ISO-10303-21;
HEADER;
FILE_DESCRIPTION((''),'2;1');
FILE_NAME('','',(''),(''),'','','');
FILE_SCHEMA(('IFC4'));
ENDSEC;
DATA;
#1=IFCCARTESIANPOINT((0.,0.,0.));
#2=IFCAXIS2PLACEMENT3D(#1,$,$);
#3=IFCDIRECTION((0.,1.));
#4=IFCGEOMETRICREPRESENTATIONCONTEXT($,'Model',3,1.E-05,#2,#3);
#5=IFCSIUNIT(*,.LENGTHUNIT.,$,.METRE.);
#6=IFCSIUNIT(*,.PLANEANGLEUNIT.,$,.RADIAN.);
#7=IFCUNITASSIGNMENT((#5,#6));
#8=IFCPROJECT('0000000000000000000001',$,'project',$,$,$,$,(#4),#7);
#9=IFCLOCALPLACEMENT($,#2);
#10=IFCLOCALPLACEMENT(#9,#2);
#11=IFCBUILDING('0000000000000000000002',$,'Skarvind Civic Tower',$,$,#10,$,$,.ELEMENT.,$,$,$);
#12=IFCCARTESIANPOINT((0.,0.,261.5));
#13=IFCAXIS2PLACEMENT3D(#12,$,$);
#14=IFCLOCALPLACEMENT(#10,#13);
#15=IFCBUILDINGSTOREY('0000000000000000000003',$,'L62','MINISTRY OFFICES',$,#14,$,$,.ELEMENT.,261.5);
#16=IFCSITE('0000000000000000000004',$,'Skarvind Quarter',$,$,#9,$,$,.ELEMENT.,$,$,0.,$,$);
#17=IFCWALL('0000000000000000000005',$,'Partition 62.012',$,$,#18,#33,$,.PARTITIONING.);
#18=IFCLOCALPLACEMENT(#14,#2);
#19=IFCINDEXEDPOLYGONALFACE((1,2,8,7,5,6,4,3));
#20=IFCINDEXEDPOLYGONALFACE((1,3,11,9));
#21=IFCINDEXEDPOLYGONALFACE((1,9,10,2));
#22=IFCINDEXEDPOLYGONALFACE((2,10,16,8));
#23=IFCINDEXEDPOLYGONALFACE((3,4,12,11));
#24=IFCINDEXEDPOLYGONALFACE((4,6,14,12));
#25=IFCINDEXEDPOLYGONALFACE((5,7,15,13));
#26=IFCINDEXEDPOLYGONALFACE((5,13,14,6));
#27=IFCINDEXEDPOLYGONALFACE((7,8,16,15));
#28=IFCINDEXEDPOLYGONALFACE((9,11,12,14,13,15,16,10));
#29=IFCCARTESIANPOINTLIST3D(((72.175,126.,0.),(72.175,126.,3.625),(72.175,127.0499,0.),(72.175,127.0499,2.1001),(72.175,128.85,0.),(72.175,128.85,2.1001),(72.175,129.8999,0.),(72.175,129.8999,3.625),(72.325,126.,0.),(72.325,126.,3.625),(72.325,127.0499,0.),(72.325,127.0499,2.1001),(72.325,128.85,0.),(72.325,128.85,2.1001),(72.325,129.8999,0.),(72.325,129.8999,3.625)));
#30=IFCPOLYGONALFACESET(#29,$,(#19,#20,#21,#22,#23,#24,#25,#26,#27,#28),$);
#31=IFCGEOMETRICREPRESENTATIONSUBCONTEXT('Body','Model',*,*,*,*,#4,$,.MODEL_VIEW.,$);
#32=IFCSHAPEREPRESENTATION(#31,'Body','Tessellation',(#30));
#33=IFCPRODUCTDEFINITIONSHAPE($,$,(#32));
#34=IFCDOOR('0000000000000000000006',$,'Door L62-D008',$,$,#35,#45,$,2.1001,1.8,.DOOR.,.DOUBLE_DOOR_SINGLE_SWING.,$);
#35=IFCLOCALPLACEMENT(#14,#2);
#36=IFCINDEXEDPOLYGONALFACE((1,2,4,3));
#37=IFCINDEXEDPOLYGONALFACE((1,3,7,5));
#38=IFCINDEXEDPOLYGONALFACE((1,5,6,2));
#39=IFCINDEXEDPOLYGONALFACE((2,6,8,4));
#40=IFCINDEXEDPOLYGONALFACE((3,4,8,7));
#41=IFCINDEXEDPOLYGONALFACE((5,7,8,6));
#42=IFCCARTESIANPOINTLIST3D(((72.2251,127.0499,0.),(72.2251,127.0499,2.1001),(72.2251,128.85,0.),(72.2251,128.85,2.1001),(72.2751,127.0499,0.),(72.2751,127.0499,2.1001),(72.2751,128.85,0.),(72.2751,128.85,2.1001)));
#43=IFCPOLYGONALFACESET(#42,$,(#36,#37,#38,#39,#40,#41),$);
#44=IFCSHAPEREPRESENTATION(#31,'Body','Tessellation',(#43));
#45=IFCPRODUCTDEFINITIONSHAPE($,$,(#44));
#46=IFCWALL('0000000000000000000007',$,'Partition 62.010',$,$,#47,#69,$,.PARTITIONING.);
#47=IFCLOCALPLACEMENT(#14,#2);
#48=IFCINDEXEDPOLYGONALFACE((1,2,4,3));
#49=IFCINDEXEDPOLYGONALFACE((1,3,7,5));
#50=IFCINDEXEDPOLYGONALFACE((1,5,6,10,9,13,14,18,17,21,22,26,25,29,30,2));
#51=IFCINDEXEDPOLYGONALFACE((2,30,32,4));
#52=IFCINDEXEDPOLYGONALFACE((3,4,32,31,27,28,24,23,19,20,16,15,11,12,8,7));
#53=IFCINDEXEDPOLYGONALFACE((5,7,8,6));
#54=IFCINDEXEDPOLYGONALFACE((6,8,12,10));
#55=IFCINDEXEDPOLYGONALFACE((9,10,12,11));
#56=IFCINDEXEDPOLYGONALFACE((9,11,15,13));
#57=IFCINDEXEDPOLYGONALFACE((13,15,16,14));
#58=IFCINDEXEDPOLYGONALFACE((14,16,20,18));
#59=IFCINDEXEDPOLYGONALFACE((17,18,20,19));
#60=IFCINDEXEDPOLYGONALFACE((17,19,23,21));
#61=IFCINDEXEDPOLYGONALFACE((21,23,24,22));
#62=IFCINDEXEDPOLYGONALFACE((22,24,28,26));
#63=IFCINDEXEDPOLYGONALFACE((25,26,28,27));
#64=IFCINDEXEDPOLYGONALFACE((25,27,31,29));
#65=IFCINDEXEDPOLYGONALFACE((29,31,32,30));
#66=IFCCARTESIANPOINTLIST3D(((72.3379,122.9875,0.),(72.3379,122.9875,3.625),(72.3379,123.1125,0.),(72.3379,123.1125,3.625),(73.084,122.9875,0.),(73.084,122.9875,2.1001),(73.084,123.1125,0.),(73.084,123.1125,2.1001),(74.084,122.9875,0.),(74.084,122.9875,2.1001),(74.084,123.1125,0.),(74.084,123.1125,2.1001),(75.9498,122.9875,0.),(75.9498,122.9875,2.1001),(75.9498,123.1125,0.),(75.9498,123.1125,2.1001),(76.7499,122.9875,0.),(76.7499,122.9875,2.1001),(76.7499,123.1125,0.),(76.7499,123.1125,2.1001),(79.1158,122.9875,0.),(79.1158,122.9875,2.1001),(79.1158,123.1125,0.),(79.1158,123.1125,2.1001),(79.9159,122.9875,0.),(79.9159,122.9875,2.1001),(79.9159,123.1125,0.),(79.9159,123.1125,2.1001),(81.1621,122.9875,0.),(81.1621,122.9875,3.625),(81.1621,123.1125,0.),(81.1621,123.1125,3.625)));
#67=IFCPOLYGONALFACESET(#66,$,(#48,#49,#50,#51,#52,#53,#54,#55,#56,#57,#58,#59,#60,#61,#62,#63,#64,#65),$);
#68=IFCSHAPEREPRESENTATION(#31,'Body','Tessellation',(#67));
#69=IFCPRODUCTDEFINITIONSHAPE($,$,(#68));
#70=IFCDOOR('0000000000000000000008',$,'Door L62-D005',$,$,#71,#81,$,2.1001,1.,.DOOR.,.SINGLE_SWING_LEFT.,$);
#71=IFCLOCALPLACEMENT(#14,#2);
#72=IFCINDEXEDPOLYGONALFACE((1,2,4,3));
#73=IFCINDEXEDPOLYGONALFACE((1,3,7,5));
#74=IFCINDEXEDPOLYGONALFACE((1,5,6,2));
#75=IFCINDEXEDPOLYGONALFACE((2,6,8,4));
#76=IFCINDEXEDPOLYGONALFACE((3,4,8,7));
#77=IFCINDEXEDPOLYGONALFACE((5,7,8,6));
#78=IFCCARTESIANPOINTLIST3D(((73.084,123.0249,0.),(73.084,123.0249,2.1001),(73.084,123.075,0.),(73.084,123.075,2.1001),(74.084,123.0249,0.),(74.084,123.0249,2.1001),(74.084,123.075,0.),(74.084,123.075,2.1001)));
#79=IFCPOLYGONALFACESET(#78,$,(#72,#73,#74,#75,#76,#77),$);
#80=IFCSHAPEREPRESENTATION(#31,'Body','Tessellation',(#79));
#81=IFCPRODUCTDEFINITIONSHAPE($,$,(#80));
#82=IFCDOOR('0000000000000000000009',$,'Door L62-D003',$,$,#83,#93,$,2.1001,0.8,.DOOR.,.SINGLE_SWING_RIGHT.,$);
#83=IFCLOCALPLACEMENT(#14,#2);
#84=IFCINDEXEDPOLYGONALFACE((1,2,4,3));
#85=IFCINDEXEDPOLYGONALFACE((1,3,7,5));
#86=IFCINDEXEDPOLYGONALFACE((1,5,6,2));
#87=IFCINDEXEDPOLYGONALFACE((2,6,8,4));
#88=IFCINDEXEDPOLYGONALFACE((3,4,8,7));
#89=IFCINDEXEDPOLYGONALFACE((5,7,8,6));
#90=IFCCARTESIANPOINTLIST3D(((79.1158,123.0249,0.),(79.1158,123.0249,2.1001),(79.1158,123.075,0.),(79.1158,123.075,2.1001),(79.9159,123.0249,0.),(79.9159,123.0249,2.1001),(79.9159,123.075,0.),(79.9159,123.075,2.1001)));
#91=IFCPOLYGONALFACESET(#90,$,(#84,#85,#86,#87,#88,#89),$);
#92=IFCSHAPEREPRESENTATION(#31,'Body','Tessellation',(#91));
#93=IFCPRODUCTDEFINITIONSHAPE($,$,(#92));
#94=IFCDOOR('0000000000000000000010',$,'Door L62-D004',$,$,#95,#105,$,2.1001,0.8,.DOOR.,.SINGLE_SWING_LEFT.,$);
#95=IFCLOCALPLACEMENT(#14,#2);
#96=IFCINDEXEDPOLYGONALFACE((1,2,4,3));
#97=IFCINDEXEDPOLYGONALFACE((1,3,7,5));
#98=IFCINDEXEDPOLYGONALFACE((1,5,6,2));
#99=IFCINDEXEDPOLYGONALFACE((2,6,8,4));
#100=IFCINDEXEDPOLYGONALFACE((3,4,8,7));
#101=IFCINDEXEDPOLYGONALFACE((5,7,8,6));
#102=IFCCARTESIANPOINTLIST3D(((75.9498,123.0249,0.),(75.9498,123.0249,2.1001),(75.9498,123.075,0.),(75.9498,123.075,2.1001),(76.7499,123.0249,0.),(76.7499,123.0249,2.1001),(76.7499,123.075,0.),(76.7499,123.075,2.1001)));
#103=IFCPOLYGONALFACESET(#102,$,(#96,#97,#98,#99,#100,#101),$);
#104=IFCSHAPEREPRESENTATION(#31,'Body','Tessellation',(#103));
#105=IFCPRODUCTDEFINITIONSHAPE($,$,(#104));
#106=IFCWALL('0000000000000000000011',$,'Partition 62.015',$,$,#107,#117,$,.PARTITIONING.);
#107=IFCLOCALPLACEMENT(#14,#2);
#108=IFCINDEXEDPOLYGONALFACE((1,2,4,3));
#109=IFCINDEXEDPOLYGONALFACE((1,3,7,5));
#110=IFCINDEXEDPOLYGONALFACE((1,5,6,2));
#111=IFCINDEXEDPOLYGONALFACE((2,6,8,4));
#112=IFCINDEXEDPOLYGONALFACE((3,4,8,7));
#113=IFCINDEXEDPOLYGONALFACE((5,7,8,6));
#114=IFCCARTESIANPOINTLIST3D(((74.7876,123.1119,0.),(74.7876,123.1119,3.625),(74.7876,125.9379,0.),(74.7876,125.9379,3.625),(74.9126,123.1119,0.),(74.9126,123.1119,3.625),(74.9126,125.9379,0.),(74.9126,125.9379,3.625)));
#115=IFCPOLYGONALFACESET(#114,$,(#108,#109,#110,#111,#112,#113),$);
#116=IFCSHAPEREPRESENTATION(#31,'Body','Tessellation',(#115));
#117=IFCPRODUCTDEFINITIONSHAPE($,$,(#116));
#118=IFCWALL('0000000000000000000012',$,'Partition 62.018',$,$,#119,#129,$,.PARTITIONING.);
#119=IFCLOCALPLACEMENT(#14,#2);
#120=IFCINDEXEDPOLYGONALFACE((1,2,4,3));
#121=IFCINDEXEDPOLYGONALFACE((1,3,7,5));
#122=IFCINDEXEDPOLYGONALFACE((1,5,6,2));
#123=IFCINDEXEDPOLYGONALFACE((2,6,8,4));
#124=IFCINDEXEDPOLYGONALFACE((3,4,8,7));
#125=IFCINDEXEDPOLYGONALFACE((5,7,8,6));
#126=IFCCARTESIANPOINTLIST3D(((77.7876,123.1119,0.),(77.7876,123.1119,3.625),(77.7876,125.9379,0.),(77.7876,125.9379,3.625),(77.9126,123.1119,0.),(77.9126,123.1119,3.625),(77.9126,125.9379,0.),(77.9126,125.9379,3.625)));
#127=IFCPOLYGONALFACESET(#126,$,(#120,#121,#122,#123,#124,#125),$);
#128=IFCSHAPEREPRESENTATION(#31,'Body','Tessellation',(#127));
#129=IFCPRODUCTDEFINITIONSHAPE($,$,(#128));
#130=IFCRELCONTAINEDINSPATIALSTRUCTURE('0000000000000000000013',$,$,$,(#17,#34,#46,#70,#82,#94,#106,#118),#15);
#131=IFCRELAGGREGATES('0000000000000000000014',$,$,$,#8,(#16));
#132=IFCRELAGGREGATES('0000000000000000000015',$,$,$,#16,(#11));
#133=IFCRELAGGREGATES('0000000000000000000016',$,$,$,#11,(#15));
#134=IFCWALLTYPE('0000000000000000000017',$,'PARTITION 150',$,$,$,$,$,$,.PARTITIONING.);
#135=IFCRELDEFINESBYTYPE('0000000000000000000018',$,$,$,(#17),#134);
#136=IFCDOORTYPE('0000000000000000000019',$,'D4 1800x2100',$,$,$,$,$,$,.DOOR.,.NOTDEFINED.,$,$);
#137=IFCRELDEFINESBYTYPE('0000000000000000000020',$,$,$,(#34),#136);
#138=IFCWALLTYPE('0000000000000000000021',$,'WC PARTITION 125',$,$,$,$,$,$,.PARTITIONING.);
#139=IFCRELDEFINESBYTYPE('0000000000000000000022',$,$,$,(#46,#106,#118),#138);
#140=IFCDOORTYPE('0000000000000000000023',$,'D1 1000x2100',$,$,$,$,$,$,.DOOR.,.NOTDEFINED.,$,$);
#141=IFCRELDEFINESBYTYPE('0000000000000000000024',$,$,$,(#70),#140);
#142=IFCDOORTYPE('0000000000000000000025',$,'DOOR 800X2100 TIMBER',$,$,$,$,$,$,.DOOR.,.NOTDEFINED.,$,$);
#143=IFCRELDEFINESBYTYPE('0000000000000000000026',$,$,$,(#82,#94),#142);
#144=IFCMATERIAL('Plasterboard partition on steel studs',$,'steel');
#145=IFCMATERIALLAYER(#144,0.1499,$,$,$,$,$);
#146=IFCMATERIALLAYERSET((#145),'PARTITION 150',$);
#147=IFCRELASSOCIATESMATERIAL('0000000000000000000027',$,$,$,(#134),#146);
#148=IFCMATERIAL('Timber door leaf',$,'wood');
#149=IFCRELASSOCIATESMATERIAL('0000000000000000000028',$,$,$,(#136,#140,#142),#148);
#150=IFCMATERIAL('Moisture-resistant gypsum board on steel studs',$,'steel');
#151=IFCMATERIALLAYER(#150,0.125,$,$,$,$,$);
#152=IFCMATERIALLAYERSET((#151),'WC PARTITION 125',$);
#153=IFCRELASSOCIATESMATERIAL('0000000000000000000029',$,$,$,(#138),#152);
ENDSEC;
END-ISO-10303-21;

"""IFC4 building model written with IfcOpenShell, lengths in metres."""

from ifc_helpers import new_model, si_unit, direction, frame, frame_2d, origin, place, context, subcontext, project, spatial, rectangle, extrude, material, layer, layer_set, type_object, element, fill, save


model = new_model("IFC4")

# Units and contexts
model_context = context("Model", 3, precision=1e-05, world=origin(), true_north=direction((0.0, 1.0)))
body_context = subcontext(model_context, "Body", "Model", "MODEL_VIEW")
ifc_project = project(units=[si_unit("LENGTHUNIT", "METRE"), si_unit("PLANEANGLEUNIT", "RADIAN")], contexts=[model_context])

# Site, building, storey
site_placement = place(None, origin())
site = spatial("IfcSite", under=ifc_project, at=site_placement, Name="Skarvind Quarter", CompositionType="ELEMENT", RefElevation=0.0)
building_placement = place(site_placement, origin())
building = spatial("IfcBuilding", under=site, at=building_placement, Name="Skarvind Civic Tower", CompositionType="ELEMENT")
storey_placement = place(building_placement, frame((0.0, 0.0, 261.5)))
storey = spatial("IfcBuildingStorey", under=building, at=storey_placement, Name="L62", Description="MINISTRY OFFICES", CompositionType="ELEMENT", Elevation=261.5)

# Wall, opening, door
ifc_material_1 = material(Name="Plasterboard partition on steel studs", Category="steel")
ifc_layer_1 = layer(ifc_material_1, 0.1499)
ifc_layer_set_1 = layer_set([ifc_layer_1], Name="PARTITION 150")
wall_type_1 = type_object("IfcWallType", Name="PARTITION 150", PredefinedType="PARTITIONING", material=ifc_layer_set_1)
wall_1_placement = place(storey_placement, frame((72.25, 126.0, 0.0), z_axis=(0.0, 0.0, 1.0), x_axis=(0.0, 1.0, 0.0)))
wall_1 = element("IfcWall", 1, at=wall_1_placement, inside=storey, type_object=wall_type_1, Name="Partition 62.012", PredefinedType="PARTITIONING", context=body_context, shape_type="SweptSolid", body=[
    extrude(rectangle(XDim=3.8999, YDim=0.1499, at=frame_2d((1.95, 0.0))), origin(), (0.0, 0.0, 1.0), 3.625),
])
opening_1_placement = place(wall_1_placement, frame((1.05, 0.0, 0.0)))
opening_1 = element("IfcOpeningElement", 2, at=opening_1_placement, cuts=wall_1, PredefinedType="OPENING", context=body_context, shape_type="SweptSolid", body=[
    extrude(rectangle(XDim=1.8, YDim=2.1001, at=frame_2d((0.8999, 1.05))), frame((0.0, 0.085, 0.0), z_axis=(0.0, -1.0, 0.0), x_axis=(1.0, 0.0, 0.0)), (0.0, 0.0, 1.0), 0.1699),
])
ifc_material_2 = material(Name="Timber door leaf", Category="wood")
door_type_1 = type_object("IfcDoorType", Name="D4 1800x2100", OperationType="NOTDEFINED", PredefinedType="DOOR", material=ifc_material_2)
door_1_placement = place(opening_1_placement, origin())
door_1 = element("IfcDoor", 3, at=door_1_placement, inside=storey, type_object=door_type_1, Name="Door L62-D008", OperationType="DOUBLE_DOOR_SINGLE_SWING", OverallHeight=2.1001, OverallWidth=1.8, PredefinedType="DOOR", context=body_context, shape_type="SweptSolid", body=[
    extrude(rectangle(XDim=1.8, YDim=2.1001, at=frame_2d((0.8999, 1.05))), frame((0.0, 0.0249, 0.0), z_axis=(0.0, -1.0, 0.0), x_axis=(1.0, 0.0, 0.0)), (0.0, 0.0, 1.0), 0.05),
])
fill(opening_1, door_1)

# Wall, openings, doors
ifc_material_3 = material(Name="Moisture-resistant gypsum board on steel studs", Category="steel")
ifc_layer_2 = layer(ifc_material_3, 0.125)
ifc_layer_set_2 = layer_set([ifc_layer_2], Name="WC PARTITION 125")
wall_type_2 = type_object("IfcWallType", Name="WC PARTITION 125", PredefinedType="PARTITIONING", material=ifc_layer_set_2)
wall_2_placement = place(storey_placement, frame((72.3379, 123.05, 0.0), z_axis=(0.0, 0.0, 1.0), x_axis=(1.0, 0.0, 0.0)))
wall_2 = element("IfcWall", 4, at=wall_2_placement, inside=storey, type_object=wall_type_2, Name="Partition 62.010", PredefinedType="PARTITIONING", context=body_context, shape_type="SweptSolid", body=[
    extrude(rectangle(XDim=8.8242, YDim=0.125, at=frame_2d((4.4121, 0.0))), origin(), (0.0, 0.0, 1.0), 3.625),
])
opening_2_placement = place(wall_2_placement, frame((6.7781, 0.0, 0.0)))
opening_2 = element("IfcOpeningElement", 5, at=opening_2_placement, cuts=wall_2, PredefinedType="OPENING", context=body_context, shape_type="SweptSolid", body=[
    extrude(rectangle(XDim=0.8, YDim=2.1001, at=frame_2d((0.3999, 1.05))), frame((0.0, 0.0725, 0.0), z_axis=(0.0, -1.0, 0.0), x_axis=(1.0, 0.0, 0.0)), (0.0, 0.0, 1.0), 0.145),
])
opening_3_placement = place(wall_2_placement, frame((3.6121, 0.0, 0.0)))
opening_3 = element("IfcOpeningElement", 6, at=opening_3_placement, cuts=wall_2, PredefinedType="OPENING", context=body_context, shape_type="SweptSolid", body=[
    extrude(rectangle(XDim=0.8, YDim=2.1001, at=frame_2d((0.3999, 1.05))), frame((0.0, 0.0725, 0.0), z_axis=(0.0, -1.0, 0.0), x_axis=(1.0, 0.0, 0.0)), (0.0, 0.0, 1.0), 0.145),
])
opening_4_placement = place(wall_2_placement, frame((0.7461, 0.0, 0.0)))
opening_4 = element("IfcOpeningElement", 7, at=opening_4_placement, cuts=wall_2, PredefinedType="OPENING", context=body_context, shape_type="SweptSolid", body=[
    extrude(rectangle(XDim=1.0, YDim=2.1001, at=frame_2d((0.5, 1.05))), frame((0.0, 0.0725, 0.0), z_axis=(0.0, -1.0, 0.0), x_axis=(1.0, 0.0, 0.0)), (0.0, 0.0, 1.0), 0.145),
])
door_type_2 = type_object("IfcDoorType", Name="D1 1000x2100", OperationType="NOTDEFINED", PredefinedType="DOOR", material=ifc_material_2)
door_2_placement = place(opening_4_placement, origin())
door_2 = element("IfcDoor", 8, at=door_2_placement, inside=storey, type_object=door_type_2, Name="Door L62-D005", OperationType="SINGLE_SWING_LEFT", OverallHeight=2.1001, OverallWidth=1.0, PredefinedType="DOOR", context=body_context, shape_type="SweptSolid", body=[
    extrude(rectangle(XDim=1.0, YDim=2.1001, at=frame_2d((0.5, 1.05))), frame((0.0, 0.0249, 0.0), z_axis=(0.0, -1.0, 0.0), x_axis=(1.0, 0.0, 0.0)), (0.0, 0.0, 1.0), 0.05),
])
fill(opening_4, door_2)
door_type_3 = type_object("IfcDoorType", Name="DOOR 800X2100 TIMBER", OperationType="NOTDEFINED", PredefinedType="DOOR", material=ifc_material_2)
door_3_placement = place(opening_2_placement, origin())
door_3 = element("IfcDoor", 9, at=door_3_placement, inside=storey, type_object=door_type_3, Name="Door L62-D003", OperationType="SINGLE_SWING_RIGHT", OverallHeight=2.1001, OverallWidth=0.8, PredefinedType="DOOR", context=body_context, shape_type="SweptSolid", body=[
    extrude(rectangle(XDim=0.8, YDim=2.1001, at=frame_2d((0.3999, 1.05))), frame((0.0, 0.0249, 0.0), z_axis=(0.0, -1.0, 0.0), x_axis=(1.0, 0.0, 0.0)), (0.0, 0.0, 1.0), 0.05),
])
fill(opening_2, door_3)
door_4_placement = place(opening_3_placement, origin())
door_4 = element("IfcDoor", 10, at=door_4_placement, inside=storey, type_object=door_type_3, Name="Door L62-D004", OperationType="SINGLE_SWING_LEFT", OverallHeight=2.1001, OverallWidth=0.8, PredefinedType="DOOR", context=body_context, shape_type="SweptSolid", body=[
    extrude(rectangle(XDim=0.8, YDim=2.1001, at=frame_2d((0.3999, 1.05))), frame((0.0, 0.0249, 0.0), z_axis=(0.0, -1.0, 0.0), x_axis=(1.0, 0.0, 0.0)), (0.0, 0.0, 1.0), 0.05),
])
fill(opening_3, door_4)

# Walls
for number, where, z_axis, x_axis, name in (
    (11, (74.8501, 125.938, 0.0), (0.0, 0.0, 1.0), (0.0, -1.0, 0.0), "Partition 62.015"),
    (12, (77.8501, 125.938, 0.0), (0.0, 0.0, 1.0), (0.0, -1.0, 0.0), "Partition 62.018"),
):
    element("IfcWall", number, at=place(storey_placement, frame(where, z_axis=z_axis, x_axis=x_axis)), inside=storey, type_object=wall_type_2, Name=name, PredefinedType="PARTITIONING", context=body_context, shape_type="SweptSolid", body=[
        extrude(rectangle(XDim=2.8259, YDim=0.125, at=frame_2d((1.4131, 0.0))), origin(), (0.0, 0.0, 1.0), 3.625),
    ])

save(model, "model.ifc")
